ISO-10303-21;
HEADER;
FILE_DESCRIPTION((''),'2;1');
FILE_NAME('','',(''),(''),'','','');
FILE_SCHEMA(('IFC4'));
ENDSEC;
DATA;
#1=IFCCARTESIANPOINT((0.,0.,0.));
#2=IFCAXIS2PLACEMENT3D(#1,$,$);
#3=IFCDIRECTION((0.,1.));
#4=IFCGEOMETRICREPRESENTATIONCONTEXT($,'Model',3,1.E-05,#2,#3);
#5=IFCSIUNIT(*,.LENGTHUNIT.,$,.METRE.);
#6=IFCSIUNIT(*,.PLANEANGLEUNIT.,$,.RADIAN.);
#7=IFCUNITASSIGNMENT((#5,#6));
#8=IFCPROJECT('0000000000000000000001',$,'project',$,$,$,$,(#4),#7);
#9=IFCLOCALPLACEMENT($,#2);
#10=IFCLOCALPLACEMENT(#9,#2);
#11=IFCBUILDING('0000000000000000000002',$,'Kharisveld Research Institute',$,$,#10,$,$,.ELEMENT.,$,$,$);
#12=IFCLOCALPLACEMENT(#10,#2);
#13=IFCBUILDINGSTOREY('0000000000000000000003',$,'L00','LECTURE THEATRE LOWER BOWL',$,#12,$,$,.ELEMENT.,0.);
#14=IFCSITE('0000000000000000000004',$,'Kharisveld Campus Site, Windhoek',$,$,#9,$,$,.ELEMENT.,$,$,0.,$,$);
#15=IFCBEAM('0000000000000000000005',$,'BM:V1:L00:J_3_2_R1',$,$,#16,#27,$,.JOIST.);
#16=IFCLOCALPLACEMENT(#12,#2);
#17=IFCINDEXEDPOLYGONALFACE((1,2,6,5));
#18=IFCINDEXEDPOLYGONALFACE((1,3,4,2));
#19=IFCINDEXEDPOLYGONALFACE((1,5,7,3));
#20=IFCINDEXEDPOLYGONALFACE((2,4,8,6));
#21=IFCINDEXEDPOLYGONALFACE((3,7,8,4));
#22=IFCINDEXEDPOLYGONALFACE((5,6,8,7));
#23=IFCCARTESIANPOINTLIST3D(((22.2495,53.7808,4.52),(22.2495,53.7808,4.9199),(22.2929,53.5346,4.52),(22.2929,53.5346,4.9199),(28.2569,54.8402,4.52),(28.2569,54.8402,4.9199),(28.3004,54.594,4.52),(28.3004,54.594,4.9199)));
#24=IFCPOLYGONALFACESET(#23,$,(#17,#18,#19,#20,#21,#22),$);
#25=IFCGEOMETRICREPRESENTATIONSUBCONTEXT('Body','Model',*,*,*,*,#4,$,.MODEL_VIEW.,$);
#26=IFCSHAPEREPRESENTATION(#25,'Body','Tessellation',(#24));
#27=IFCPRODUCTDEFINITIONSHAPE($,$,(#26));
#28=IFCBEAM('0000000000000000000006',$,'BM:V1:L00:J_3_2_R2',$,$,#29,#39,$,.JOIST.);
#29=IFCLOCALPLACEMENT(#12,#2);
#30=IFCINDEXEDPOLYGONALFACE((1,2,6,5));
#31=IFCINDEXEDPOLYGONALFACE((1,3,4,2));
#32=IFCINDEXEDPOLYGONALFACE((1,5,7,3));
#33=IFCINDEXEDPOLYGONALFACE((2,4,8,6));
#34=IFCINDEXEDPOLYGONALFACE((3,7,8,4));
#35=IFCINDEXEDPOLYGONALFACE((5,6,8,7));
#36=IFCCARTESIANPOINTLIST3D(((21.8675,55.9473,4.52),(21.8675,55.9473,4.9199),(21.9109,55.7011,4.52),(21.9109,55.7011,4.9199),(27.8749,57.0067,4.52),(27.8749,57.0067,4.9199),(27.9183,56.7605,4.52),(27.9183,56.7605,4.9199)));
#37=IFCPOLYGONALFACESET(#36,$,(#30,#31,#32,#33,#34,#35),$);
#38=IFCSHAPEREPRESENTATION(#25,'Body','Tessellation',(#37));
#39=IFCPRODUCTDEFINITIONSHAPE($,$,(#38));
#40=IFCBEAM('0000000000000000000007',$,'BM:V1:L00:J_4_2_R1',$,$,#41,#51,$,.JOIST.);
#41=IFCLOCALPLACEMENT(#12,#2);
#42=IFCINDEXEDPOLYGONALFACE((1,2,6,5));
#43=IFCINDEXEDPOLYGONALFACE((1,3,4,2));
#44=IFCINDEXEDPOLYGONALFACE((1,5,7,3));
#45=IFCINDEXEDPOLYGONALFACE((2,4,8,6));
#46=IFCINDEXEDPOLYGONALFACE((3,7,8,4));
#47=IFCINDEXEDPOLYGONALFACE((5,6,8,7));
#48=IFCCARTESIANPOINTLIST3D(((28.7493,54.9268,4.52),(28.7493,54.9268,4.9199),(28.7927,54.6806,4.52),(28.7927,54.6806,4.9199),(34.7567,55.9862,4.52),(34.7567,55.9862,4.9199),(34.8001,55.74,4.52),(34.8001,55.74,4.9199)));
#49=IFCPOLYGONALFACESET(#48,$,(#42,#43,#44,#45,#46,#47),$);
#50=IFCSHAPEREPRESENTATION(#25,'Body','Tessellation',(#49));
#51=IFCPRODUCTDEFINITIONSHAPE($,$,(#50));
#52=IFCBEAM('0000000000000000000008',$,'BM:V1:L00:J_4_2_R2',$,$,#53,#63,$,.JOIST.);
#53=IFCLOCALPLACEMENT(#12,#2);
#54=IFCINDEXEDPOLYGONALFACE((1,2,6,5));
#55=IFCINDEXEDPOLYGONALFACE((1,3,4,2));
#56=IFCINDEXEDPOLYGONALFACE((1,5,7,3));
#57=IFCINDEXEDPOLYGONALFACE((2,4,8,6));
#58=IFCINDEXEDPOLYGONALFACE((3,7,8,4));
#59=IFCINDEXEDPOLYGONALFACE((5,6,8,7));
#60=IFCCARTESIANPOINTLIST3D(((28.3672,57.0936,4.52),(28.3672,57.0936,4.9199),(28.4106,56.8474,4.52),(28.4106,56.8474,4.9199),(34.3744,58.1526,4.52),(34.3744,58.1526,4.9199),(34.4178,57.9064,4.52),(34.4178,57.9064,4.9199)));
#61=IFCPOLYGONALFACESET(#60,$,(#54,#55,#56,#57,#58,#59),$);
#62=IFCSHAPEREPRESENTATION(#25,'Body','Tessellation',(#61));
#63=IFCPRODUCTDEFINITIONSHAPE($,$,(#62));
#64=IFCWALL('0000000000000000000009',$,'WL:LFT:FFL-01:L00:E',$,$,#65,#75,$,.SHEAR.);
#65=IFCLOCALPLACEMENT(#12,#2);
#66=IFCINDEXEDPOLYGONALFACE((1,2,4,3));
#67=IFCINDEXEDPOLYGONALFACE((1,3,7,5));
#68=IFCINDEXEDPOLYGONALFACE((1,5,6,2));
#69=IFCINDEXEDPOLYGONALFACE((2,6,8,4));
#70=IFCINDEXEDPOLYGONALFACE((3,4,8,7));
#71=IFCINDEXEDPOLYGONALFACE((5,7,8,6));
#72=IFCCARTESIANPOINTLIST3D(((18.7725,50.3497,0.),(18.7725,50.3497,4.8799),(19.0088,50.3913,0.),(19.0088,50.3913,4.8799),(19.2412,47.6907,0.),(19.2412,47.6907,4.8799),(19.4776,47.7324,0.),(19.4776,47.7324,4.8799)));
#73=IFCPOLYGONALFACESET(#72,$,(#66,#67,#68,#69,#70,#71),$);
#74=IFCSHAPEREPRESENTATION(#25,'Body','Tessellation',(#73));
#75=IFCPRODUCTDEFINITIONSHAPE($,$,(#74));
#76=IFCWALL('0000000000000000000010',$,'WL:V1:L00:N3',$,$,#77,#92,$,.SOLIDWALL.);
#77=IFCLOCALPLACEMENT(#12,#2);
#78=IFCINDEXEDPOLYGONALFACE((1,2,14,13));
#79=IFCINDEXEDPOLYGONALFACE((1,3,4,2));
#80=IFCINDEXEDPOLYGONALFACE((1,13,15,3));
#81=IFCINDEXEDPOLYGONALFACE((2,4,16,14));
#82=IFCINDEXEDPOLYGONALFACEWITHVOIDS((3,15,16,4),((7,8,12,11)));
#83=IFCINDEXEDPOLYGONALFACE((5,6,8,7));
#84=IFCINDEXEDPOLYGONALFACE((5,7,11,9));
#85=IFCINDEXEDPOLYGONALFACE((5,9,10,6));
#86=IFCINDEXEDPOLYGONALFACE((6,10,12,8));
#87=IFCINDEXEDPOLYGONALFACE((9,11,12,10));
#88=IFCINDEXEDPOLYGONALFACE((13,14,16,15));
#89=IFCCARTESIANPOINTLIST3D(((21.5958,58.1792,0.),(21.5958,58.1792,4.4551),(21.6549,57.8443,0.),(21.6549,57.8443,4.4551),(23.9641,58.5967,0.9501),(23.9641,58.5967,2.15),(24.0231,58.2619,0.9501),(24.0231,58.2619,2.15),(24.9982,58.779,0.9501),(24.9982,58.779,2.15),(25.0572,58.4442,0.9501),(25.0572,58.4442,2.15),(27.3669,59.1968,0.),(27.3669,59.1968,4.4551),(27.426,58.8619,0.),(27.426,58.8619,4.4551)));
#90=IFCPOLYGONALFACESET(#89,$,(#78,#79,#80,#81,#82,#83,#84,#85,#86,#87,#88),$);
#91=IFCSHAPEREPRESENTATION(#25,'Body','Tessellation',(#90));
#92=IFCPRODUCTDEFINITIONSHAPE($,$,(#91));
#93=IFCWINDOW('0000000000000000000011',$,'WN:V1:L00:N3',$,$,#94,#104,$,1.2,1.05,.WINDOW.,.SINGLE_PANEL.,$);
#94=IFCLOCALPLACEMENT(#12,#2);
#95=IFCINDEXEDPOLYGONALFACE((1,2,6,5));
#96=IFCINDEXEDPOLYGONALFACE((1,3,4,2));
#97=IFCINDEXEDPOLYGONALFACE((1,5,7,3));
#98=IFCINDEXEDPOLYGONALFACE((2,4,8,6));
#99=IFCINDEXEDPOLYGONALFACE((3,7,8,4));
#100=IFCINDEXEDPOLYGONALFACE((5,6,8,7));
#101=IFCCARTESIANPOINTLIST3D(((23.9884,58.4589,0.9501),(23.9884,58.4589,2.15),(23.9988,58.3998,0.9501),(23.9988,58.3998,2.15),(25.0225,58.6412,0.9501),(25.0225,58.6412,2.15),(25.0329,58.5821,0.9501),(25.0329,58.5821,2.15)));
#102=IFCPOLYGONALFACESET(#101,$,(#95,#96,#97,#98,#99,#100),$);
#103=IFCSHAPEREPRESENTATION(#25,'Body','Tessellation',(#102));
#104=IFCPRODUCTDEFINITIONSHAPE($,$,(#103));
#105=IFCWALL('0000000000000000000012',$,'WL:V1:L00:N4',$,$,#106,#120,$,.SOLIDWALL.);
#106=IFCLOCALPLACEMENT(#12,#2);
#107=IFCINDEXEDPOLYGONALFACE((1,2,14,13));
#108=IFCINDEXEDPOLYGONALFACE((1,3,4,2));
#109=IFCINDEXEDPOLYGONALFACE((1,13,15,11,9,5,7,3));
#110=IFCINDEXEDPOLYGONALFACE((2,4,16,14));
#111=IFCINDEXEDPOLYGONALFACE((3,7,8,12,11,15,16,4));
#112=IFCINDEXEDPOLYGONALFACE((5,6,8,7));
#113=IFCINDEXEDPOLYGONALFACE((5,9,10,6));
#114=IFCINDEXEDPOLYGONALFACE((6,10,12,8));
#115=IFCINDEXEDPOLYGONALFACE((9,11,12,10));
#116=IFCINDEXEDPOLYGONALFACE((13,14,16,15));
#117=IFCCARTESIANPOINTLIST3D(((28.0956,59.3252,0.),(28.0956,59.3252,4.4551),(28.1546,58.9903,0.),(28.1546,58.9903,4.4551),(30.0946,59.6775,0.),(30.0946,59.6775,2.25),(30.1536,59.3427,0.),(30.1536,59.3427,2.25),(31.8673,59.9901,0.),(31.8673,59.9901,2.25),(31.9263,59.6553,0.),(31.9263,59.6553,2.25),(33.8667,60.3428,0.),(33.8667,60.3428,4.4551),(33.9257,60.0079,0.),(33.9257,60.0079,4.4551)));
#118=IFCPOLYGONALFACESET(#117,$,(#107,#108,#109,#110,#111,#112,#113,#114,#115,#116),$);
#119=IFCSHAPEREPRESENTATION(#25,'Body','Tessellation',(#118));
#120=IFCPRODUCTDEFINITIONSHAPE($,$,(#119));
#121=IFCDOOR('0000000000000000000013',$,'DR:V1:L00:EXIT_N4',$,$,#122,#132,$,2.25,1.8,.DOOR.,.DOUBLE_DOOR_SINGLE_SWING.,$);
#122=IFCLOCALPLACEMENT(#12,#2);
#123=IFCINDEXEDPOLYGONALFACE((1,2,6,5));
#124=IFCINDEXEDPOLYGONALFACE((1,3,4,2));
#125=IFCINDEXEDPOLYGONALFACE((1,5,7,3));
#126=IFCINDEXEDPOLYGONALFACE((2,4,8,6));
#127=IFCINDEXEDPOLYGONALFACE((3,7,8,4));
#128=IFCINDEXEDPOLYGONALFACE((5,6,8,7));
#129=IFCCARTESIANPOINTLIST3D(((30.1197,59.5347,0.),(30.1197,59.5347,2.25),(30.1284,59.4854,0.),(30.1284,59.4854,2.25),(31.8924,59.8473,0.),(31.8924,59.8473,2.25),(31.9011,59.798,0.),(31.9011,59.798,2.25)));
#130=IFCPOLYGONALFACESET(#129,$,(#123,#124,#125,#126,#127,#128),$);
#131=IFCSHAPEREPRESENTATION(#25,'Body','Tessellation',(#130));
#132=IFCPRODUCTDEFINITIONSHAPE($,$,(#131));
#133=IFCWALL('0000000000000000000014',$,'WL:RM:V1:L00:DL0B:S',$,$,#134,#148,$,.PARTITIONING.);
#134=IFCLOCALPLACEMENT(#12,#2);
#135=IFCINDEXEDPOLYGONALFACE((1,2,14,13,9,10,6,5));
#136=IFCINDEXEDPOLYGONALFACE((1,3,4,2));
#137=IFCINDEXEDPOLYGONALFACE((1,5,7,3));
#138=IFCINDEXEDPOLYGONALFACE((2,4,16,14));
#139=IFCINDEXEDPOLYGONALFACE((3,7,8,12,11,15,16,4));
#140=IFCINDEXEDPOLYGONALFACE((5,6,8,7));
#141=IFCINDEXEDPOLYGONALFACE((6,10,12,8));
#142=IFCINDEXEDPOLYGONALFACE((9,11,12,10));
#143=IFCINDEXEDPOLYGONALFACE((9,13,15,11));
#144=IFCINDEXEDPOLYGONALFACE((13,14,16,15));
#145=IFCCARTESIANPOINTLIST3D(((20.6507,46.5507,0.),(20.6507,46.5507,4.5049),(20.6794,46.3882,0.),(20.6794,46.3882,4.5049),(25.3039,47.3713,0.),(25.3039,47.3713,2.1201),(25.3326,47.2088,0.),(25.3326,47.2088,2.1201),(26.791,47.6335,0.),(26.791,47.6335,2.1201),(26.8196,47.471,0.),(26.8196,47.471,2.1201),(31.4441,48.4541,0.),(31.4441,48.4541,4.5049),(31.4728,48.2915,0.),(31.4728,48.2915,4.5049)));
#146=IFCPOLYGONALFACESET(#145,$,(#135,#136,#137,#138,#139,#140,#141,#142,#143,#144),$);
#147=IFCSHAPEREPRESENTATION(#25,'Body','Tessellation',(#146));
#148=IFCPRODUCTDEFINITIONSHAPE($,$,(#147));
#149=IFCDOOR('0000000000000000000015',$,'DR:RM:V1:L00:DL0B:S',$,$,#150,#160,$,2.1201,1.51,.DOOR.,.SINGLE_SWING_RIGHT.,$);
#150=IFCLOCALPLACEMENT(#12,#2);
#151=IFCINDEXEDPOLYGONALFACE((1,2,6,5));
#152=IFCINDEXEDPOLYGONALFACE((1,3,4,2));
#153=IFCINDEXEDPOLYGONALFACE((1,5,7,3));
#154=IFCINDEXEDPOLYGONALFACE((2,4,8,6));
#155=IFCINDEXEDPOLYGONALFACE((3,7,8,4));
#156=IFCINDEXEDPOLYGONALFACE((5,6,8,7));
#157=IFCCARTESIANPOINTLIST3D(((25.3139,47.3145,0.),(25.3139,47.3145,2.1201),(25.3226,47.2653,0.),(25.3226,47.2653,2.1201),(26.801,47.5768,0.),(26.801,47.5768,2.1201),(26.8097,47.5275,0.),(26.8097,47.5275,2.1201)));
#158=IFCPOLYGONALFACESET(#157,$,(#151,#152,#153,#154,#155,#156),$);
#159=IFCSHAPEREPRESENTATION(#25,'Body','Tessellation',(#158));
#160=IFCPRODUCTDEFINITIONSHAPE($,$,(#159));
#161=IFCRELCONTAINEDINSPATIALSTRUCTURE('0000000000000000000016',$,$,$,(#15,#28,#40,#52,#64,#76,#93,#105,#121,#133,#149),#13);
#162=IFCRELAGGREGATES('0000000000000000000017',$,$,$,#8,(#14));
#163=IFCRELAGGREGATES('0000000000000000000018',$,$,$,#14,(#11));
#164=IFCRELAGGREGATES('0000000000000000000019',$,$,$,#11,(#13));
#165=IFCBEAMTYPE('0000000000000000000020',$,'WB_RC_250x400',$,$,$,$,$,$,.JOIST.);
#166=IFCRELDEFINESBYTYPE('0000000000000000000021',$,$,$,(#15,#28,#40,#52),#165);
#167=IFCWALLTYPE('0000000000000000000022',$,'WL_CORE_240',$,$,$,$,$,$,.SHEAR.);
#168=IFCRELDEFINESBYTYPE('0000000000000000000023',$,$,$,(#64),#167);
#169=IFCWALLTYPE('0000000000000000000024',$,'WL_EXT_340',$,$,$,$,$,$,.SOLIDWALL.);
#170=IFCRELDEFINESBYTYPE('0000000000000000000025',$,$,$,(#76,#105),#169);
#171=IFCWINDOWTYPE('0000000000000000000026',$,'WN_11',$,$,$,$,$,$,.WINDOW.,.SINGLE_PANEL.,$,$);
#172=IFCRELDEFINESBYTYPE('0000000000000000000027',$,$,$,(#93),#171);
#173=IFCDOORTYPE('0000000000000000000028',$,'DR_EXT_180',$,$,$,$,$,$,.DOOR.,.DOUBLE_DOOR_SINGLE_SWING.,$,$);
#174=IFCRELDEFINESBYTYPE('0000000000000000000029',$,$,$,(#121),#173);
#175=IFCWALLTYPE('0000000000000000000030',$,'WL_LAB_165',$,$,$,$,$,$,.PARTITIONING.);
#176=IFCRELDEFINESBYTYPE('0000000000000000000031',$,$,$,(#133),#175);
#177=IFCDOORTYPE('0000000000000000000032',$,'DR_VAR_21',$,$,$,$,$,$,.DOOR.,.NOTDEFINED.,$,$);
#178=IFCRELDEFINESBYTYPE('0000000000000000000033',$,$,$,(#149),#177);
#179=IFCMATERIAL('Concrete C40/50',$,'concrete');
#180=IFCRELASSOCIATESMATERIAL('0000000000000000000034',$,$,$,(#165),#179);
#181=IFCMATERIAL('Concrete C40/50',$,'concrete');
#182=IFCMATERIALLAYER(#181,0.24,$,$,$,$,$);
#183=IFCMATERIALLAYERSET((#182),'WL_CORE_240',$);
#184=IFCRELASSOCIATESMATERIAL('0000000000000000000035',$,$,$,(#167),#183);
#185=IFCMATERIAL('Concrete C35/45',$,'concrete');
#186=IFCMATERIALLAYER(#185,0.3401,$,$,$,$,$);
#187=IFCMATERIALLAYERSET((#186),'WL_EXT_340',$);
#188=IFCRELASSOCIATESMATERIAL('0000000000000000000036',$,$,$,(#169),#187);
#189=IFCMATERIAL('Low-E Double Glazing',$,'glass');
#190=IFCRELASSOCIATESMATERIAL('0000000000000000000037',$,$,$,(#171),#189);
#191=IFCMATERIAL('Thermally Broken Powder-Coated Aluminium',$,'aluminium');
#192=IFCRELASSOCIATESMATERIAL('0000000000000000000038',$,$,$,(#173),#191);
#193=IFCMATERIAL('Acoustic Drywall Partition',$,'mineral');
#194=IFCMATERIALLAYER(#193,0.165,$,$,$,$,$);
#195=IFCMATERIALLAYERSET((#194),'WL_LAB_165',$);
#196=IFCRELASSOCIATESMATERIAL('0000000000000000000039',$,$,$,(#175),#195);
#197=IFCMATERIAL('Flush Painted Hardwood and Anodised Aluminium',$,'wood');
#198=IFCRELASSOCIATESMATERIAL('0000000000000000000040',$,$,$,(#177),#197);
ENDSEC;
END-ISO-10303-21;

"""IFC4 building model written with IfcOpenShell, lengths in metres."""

from ifc_helpers import new_model, si_unit, direction, frame, frame_2d, origin, origin_2d, place, context, subcontext, project, spatial, rectangle, extrude, material, layer, layer_set, material_profile, profile_set, type_object, element, fill, save


model = new_model("IFC4")

# Units and contexts
model_context = context("Model", 3, precision=1e-05, world=origin(), true_north=direction((0.0, 1.0)))
body_context = subcontext(model_context, "Body", "Model", "MODEL_VIEW")
ifc_project = project(units=[si_unit("LENGTHUNIT", "METRE"), si_unit("PLANEANGLEUNIT", "RADIAN")], contexts=[model_context])

# Site, building, storey
site_placement = place(None, origin())
site = spatial("IfcSite", under=ifc_project, at=site_placement, Name="Kharisveld Campus Site, Windhoek", CompositionType="ELEMENT", RefElevation=0.0)
building_placement = place(site_placement, origin())
building = spatial("IfcBuilding", under=site, at=building_placement, Name="Kharisveld Research Institute", CompositionType="ELEMENT")
storey_placement = place(building_placement, origin())
storey = spatial("IfcBuildingStorey", under=building, at=storey_placement, Name="L00", Description="LECTURE THEATRE LOWER BOWL", CompositionType="ELEMENT", Elevation=0.0)

# Beams
ifc_material_1 = material(Name="Concrete C40/50", Category="concrete")
ifc_material_profile_1 = material_profile(ifc_material_1, rectangle(XDim=0.25, YDim=0.3999, at=origin_2d()))
ifc_profile_set_1 = profile_set([ifc_material_profile_1], Name="Concrete C40/50")
beam_type_1 = type_object("IfcBeamType", Name="WB_RC_250x400", PredefinedType="JOIST", material=ifc_profile_set_1)
for number, where, z_axis, x_axis, name in (
    (1, (22.2712, 53.6577, 4.72), (0.984806, 0.17366, 0.0), (-0.17366, 0.984806, 0.0), "BM:V1:L00:J_3_2_R1"),
    (2, (21.8892, 55.8242, 4.72), (0.984806, 0.17366, 0.0), (-0.17366, 0.984806, 0.0), "BM:V1:L00:J_3_2_R2"),
    (3, (28.771, 54.8037, 4.72), (0.984806, 0.17366, 0.0), (-0.17366, 0.984806, 0.0), "BM:V1:L00:J_4_2_R1"),
):
    element("IfcBeam", number, at=place(storey_placement, frame(where, z_axis=z_axis, x_axis=x_axis)), inside=storey, type_object=beam_type_1, Name=name, PredefinedType="JOIST", context=body_context, shape_type="SweptSolid", body=[
        extrude(rectangle(XDim=0.25, YDim=0.3999, at=origin_2d()), origin(), (0.0, 0.0, 1.0), 6.1001),
    ])
beam_1_placement = place(storey_placement, frame((28.3889, 56.9705, 4.72), z_axis=(0.984813, 0.173621, 0.0), x_axis=(-0.173621, 0.984813, 0.0)))
element("IfcBeam", 4, at=beam_1_placement, inside=storey, type_object=beam_type_1, Name="BM:V1:L00:J_4_2_R2", PredefinedType="JOIST", context=body_context, shape_type="SweptSolid", body=[
    extrude(rectangle(XDim=0.25, YDim=0.3999, at=origin_2d()), origin(), (0.0, 0.0, 1.0), 6.0999),
])

# Wall
ifc_material_2 = material(Name="Concrete C40/50", Category="concrete")
ifc_layer_1 = layer(ifc_material_2, 0.24)
ifc_layer_set_1 = layer_set([ifc_layer_1], Name="WL_CORE_240")
wall_type_1 = type_object("IfcWallType", Name="WL_CORE_240", PredefinedType="SHEAR", material=ifc_layer_set_1)
wall_1_placement = place(storey_placement, frame((18.8906, 50.3706, 0.0), z_axis=(0.0, 0.0, 1.0), x_axis=(0.173615, -0.984814, 0.0)))
element("IfcWall", 5, at=wall_1_placement, inside=storey, type_object=wall_type_1, Name="WL:LFT:FFL-01:L00:E", PredefinedType="SHEAR", context=body_context, shape_type="SweptSolid", body=[
    extrude(rectangle(XDim=2.7, YDim=0.24, at=frame_2d((1.3501, 0.0))), origin(), (0.0, 0.0, 1.0), 4.8799),
])

# Wall, opening, window
ifc_material_3 = material(Name="Concrete C35/45", Category="concrete")
ifc_layer_2 = layer(ifc_material_3, 0.3401)
ifc_layer_set_2 = layer_set([ifc_layer_2], Name="WL_EXT_340")
wall_type_2 = type_object("IfcWallType", Name="WL_EXT_340", PredefinedType="SOLIDWALL", material=ifc_layer_set_2)
wall_2_placement = place(storey_placement, frame((21.6252, 58.0117, 0.0), z_axis=(0.0, 0.0, 1.0), x_axis=(0.984808, 0.173647, 0.0)))
wall_2 = element("IfcWall", 6, at=wall_2_placement, inside=storey, type_object=wall_type_2, Name="WL:V1:L00:N3", PredefinedType="SOLIDWALL", context=body_context, shape_type="SweptSolid", body=[
    extrude(rectangle(XDim=5.8601, YDim=0.3401, at=frame_2d((2.9302, 0.0))), origin(), (0.0, 0.0, 1.0), 4.4551),
])
opening_1_placement = place(wall_2_placement, frame((2.405, 0.0, 0.95)))
opening_1 = element("IfcOpeningElement", 7, at=opening_1_placement, cuts=wall_2, PredefinedType="OPENING", context=body_context, shape_type="SweptSolid", body=[
    extrude(rectangle(XDim=1.05, YDim=1.2, at=frame_2d((0.5249, 0.6001))), frame((0.0, 0.1699, 0.0), z_axis=(0.0, -1.0, 0.0), x_axis=(1.0, 0.0, 0.0)), (0.0, 0.0, 1.0), 0.3401),
])
ifc_material_4 = material(Name="Low-E Double Glazing", Category="glass")
window_type = type_object("IfcWindowType", Name="WN_11", PartitioningType="SINGLE_PANEL", PredefinedType="WINDOW", material=ifc_material_4)
window_placement = place(opening_1_placement, origin())
window = element("IfcWindow", 8, at=window_placement, inside=storey, type_object=window_type, Name="WN:V1:L00:N3", OverallHeight=1.2, OverallWidth=1.05, PartitioningType="SINGLE_PANEL", PredefinedType="WINDOW", context=body_context, shape_type="SweptSolid", body=[
    extrude(rectangle(XDim=1.05, YDim=1.2, at=frame_2d((0.5249, 0.6001))), frame((0.0, 0.03, 0.0), z_axis=(0.0, -1.0, 0.0), x_axis=(1.0, 0.0, 0.0)), (0.0, 0.0, 1.0), 0.0601),
])
fill(opening_1, window)

# Walls, openings, doors
wall_3_placement = place(storey_placement, frame((28.125, 59.1577, 0.0), z_axis=(0.0, 0.0, 1.0), x_axis=(0.984808, 0.173647, 0.0)))
wall_3 = element("IfcWall", 9, at=wall_3_placement, inside=storey, type_object=wall_type_2, Name="WL:V1:L00:N4", PredefinedType="SOLIDWALL", context=body_context, shape_type="SweptSolid", body=[
    extrude(rectangle(XDim=5.8601, YDim=0.3401, at=frame_2d((2.9302, 0.0))), origin(), (0.0, 0.0, 1.0), 4.4551),
])
opening_2_placement = place(wall_3_placement, frame((2.03, 0.0, 0.0)))
opening_2 = element("IfcOpeningElement", 10, at=opening_2_placement, cuts=wall_3, PredefinedType="OPENING", context=body_context, shape_type="SweptSolid", body=[
    extrude(rectangle(XDim=1.8, YDim=2.25, at=frame_2d((0.8999, 1.125))), frame((0.0, 0.1699, 0.0), z_axis=(0.0, -1.0, 0.0), x_axis=(1.0, 0.0, 0.0)), (0.0, 0.0, 1.0), 0.3401),
])
ifc_material_5 = material(Name="Thermally Broken Powder-Coated Aluminium", Category="aluminium")
door_type_1 = type_object("IfcDoorType", Name="DR_EXT_180", OperationType="DOUBLE_DOOR_SINGLE_SWING", PredefinedType="DOOR", material=ifc_material_5)
door_1_placement = place(opening_2_placement, origin())
door_1 = element("IfcDoor", 11, at=door_1_placement, inside=storey, type_object=door_type_1, Name="DR:V1:L00:EXIT_N4", OperationType="DOUBLE_DOOR_SINGLE_SWING", OverallHeight=2.25, OverallWidth=1.8, PredefinedType="DOOR", context=body_context, shape_type="SweptSolid", body=[
    extrude(rectangle(XDim=1.8, YDim=2.25, at=frame_2d((0.8999, 1.125))), frame((0.0, 0.0249, 0.0), z_axis=(0.0, -1.0, 0.0), x_axis=(1.0, 0.0, 0.0)), (0.0, 0.0, 1.0), 0.05),
])
fill(opening_2, door_1)
ifc_material_6 = material(Name="Acoustic Drywall Partition", Category="mineral")
ifc_layer_3 = layer(ifc_material_6, 0.165)
ifc_layer_set_3 = layer_set([ifc_layer_3], Name="WL_LAB_165")
wall_type_3 = type_object("IfcWallType", Name="WL_LAB_165", PredefinedType="PARTITIONING", material=ifc_layer_set_3)
wall_4_placement = place(storey_placement, frame((20.665, 46.4695, 0.0), z_axis=(0.0, 0.0, 1.0), x_axis=(0.984806, 0.173661, 0.0)))
wall_4 = element("IfcWall", 12, at=wall_4_placement, inside=storey, type_object=wall_type_3, Name="WL:RM:V1:L00:DL0B:S", PredefinedType="PARTITIONING", context=body_context, shape_type="SweptSolid", body=[
    extrude(rectangle(XDim=10.96, YDim=0.165, at=frame_2d((5.48, 0.0))), origin(), (0.0, 0.0, 1.0), 4.5049),
])
opening_3_placement = place(wall_4_placement, frame((4.7251, 0.0, 0.0)))
opening_3 = element("IfcOpeningElement", 13, at=opening_3_placement, cuts=wall_4, PredefinedType="OPENING", context=body_context, shape_type="SweptSolid", body=[
    extrude(rectangle(XDim=1.51, YDim=2.1201, at=frame_2d((0.7549, 1.0601))), frame((0.0, 0.0825, 0.0), z_axis=(0.0, -1.0, 0.0), x_axis=(1.0, 0.0, 0.0)), (0.0, 0.0, 1.0), 0.165),
])
ifc_material_7 = material(Name="Flush Painted Hardwood and Anodised Aluminium", Category="wood")
door_type_2 = type_object("IfcDoorType", Name="DR_VAR_21", OperationType="NOTDEFINED", PredefinedType="DOOR", material=ifc_material_7)
door_2_placement = place(opening_3_placement, origin())
door_2 = element("IfcDoor", 14, at=door_2_placement, inside=storey, type_object=door_type_2, Name="DR:RM:V1:L00:DL0B:S", OperationType="SINGLE_SWING_RIGHT", OverallHeight=2.1201, OverallWidth=1.51, PredefinedType="DOOR", context=body_context, shape_type="SweptSolid", body=[
    extrude(rectangle(XDim=1.51, YDim=2.1201, at=frame_2d((0.7549, 1.0601))), frame((0.0, 0.0249, 0.0), z_axis=(0.0, -1.0, 0.0), x_axis=(1.0, 0.0, 0.0)), (0.0, 0.0, 1.0), 0.05),
])
fill(opening_3, door_2)

save(model, "model.ifc")
